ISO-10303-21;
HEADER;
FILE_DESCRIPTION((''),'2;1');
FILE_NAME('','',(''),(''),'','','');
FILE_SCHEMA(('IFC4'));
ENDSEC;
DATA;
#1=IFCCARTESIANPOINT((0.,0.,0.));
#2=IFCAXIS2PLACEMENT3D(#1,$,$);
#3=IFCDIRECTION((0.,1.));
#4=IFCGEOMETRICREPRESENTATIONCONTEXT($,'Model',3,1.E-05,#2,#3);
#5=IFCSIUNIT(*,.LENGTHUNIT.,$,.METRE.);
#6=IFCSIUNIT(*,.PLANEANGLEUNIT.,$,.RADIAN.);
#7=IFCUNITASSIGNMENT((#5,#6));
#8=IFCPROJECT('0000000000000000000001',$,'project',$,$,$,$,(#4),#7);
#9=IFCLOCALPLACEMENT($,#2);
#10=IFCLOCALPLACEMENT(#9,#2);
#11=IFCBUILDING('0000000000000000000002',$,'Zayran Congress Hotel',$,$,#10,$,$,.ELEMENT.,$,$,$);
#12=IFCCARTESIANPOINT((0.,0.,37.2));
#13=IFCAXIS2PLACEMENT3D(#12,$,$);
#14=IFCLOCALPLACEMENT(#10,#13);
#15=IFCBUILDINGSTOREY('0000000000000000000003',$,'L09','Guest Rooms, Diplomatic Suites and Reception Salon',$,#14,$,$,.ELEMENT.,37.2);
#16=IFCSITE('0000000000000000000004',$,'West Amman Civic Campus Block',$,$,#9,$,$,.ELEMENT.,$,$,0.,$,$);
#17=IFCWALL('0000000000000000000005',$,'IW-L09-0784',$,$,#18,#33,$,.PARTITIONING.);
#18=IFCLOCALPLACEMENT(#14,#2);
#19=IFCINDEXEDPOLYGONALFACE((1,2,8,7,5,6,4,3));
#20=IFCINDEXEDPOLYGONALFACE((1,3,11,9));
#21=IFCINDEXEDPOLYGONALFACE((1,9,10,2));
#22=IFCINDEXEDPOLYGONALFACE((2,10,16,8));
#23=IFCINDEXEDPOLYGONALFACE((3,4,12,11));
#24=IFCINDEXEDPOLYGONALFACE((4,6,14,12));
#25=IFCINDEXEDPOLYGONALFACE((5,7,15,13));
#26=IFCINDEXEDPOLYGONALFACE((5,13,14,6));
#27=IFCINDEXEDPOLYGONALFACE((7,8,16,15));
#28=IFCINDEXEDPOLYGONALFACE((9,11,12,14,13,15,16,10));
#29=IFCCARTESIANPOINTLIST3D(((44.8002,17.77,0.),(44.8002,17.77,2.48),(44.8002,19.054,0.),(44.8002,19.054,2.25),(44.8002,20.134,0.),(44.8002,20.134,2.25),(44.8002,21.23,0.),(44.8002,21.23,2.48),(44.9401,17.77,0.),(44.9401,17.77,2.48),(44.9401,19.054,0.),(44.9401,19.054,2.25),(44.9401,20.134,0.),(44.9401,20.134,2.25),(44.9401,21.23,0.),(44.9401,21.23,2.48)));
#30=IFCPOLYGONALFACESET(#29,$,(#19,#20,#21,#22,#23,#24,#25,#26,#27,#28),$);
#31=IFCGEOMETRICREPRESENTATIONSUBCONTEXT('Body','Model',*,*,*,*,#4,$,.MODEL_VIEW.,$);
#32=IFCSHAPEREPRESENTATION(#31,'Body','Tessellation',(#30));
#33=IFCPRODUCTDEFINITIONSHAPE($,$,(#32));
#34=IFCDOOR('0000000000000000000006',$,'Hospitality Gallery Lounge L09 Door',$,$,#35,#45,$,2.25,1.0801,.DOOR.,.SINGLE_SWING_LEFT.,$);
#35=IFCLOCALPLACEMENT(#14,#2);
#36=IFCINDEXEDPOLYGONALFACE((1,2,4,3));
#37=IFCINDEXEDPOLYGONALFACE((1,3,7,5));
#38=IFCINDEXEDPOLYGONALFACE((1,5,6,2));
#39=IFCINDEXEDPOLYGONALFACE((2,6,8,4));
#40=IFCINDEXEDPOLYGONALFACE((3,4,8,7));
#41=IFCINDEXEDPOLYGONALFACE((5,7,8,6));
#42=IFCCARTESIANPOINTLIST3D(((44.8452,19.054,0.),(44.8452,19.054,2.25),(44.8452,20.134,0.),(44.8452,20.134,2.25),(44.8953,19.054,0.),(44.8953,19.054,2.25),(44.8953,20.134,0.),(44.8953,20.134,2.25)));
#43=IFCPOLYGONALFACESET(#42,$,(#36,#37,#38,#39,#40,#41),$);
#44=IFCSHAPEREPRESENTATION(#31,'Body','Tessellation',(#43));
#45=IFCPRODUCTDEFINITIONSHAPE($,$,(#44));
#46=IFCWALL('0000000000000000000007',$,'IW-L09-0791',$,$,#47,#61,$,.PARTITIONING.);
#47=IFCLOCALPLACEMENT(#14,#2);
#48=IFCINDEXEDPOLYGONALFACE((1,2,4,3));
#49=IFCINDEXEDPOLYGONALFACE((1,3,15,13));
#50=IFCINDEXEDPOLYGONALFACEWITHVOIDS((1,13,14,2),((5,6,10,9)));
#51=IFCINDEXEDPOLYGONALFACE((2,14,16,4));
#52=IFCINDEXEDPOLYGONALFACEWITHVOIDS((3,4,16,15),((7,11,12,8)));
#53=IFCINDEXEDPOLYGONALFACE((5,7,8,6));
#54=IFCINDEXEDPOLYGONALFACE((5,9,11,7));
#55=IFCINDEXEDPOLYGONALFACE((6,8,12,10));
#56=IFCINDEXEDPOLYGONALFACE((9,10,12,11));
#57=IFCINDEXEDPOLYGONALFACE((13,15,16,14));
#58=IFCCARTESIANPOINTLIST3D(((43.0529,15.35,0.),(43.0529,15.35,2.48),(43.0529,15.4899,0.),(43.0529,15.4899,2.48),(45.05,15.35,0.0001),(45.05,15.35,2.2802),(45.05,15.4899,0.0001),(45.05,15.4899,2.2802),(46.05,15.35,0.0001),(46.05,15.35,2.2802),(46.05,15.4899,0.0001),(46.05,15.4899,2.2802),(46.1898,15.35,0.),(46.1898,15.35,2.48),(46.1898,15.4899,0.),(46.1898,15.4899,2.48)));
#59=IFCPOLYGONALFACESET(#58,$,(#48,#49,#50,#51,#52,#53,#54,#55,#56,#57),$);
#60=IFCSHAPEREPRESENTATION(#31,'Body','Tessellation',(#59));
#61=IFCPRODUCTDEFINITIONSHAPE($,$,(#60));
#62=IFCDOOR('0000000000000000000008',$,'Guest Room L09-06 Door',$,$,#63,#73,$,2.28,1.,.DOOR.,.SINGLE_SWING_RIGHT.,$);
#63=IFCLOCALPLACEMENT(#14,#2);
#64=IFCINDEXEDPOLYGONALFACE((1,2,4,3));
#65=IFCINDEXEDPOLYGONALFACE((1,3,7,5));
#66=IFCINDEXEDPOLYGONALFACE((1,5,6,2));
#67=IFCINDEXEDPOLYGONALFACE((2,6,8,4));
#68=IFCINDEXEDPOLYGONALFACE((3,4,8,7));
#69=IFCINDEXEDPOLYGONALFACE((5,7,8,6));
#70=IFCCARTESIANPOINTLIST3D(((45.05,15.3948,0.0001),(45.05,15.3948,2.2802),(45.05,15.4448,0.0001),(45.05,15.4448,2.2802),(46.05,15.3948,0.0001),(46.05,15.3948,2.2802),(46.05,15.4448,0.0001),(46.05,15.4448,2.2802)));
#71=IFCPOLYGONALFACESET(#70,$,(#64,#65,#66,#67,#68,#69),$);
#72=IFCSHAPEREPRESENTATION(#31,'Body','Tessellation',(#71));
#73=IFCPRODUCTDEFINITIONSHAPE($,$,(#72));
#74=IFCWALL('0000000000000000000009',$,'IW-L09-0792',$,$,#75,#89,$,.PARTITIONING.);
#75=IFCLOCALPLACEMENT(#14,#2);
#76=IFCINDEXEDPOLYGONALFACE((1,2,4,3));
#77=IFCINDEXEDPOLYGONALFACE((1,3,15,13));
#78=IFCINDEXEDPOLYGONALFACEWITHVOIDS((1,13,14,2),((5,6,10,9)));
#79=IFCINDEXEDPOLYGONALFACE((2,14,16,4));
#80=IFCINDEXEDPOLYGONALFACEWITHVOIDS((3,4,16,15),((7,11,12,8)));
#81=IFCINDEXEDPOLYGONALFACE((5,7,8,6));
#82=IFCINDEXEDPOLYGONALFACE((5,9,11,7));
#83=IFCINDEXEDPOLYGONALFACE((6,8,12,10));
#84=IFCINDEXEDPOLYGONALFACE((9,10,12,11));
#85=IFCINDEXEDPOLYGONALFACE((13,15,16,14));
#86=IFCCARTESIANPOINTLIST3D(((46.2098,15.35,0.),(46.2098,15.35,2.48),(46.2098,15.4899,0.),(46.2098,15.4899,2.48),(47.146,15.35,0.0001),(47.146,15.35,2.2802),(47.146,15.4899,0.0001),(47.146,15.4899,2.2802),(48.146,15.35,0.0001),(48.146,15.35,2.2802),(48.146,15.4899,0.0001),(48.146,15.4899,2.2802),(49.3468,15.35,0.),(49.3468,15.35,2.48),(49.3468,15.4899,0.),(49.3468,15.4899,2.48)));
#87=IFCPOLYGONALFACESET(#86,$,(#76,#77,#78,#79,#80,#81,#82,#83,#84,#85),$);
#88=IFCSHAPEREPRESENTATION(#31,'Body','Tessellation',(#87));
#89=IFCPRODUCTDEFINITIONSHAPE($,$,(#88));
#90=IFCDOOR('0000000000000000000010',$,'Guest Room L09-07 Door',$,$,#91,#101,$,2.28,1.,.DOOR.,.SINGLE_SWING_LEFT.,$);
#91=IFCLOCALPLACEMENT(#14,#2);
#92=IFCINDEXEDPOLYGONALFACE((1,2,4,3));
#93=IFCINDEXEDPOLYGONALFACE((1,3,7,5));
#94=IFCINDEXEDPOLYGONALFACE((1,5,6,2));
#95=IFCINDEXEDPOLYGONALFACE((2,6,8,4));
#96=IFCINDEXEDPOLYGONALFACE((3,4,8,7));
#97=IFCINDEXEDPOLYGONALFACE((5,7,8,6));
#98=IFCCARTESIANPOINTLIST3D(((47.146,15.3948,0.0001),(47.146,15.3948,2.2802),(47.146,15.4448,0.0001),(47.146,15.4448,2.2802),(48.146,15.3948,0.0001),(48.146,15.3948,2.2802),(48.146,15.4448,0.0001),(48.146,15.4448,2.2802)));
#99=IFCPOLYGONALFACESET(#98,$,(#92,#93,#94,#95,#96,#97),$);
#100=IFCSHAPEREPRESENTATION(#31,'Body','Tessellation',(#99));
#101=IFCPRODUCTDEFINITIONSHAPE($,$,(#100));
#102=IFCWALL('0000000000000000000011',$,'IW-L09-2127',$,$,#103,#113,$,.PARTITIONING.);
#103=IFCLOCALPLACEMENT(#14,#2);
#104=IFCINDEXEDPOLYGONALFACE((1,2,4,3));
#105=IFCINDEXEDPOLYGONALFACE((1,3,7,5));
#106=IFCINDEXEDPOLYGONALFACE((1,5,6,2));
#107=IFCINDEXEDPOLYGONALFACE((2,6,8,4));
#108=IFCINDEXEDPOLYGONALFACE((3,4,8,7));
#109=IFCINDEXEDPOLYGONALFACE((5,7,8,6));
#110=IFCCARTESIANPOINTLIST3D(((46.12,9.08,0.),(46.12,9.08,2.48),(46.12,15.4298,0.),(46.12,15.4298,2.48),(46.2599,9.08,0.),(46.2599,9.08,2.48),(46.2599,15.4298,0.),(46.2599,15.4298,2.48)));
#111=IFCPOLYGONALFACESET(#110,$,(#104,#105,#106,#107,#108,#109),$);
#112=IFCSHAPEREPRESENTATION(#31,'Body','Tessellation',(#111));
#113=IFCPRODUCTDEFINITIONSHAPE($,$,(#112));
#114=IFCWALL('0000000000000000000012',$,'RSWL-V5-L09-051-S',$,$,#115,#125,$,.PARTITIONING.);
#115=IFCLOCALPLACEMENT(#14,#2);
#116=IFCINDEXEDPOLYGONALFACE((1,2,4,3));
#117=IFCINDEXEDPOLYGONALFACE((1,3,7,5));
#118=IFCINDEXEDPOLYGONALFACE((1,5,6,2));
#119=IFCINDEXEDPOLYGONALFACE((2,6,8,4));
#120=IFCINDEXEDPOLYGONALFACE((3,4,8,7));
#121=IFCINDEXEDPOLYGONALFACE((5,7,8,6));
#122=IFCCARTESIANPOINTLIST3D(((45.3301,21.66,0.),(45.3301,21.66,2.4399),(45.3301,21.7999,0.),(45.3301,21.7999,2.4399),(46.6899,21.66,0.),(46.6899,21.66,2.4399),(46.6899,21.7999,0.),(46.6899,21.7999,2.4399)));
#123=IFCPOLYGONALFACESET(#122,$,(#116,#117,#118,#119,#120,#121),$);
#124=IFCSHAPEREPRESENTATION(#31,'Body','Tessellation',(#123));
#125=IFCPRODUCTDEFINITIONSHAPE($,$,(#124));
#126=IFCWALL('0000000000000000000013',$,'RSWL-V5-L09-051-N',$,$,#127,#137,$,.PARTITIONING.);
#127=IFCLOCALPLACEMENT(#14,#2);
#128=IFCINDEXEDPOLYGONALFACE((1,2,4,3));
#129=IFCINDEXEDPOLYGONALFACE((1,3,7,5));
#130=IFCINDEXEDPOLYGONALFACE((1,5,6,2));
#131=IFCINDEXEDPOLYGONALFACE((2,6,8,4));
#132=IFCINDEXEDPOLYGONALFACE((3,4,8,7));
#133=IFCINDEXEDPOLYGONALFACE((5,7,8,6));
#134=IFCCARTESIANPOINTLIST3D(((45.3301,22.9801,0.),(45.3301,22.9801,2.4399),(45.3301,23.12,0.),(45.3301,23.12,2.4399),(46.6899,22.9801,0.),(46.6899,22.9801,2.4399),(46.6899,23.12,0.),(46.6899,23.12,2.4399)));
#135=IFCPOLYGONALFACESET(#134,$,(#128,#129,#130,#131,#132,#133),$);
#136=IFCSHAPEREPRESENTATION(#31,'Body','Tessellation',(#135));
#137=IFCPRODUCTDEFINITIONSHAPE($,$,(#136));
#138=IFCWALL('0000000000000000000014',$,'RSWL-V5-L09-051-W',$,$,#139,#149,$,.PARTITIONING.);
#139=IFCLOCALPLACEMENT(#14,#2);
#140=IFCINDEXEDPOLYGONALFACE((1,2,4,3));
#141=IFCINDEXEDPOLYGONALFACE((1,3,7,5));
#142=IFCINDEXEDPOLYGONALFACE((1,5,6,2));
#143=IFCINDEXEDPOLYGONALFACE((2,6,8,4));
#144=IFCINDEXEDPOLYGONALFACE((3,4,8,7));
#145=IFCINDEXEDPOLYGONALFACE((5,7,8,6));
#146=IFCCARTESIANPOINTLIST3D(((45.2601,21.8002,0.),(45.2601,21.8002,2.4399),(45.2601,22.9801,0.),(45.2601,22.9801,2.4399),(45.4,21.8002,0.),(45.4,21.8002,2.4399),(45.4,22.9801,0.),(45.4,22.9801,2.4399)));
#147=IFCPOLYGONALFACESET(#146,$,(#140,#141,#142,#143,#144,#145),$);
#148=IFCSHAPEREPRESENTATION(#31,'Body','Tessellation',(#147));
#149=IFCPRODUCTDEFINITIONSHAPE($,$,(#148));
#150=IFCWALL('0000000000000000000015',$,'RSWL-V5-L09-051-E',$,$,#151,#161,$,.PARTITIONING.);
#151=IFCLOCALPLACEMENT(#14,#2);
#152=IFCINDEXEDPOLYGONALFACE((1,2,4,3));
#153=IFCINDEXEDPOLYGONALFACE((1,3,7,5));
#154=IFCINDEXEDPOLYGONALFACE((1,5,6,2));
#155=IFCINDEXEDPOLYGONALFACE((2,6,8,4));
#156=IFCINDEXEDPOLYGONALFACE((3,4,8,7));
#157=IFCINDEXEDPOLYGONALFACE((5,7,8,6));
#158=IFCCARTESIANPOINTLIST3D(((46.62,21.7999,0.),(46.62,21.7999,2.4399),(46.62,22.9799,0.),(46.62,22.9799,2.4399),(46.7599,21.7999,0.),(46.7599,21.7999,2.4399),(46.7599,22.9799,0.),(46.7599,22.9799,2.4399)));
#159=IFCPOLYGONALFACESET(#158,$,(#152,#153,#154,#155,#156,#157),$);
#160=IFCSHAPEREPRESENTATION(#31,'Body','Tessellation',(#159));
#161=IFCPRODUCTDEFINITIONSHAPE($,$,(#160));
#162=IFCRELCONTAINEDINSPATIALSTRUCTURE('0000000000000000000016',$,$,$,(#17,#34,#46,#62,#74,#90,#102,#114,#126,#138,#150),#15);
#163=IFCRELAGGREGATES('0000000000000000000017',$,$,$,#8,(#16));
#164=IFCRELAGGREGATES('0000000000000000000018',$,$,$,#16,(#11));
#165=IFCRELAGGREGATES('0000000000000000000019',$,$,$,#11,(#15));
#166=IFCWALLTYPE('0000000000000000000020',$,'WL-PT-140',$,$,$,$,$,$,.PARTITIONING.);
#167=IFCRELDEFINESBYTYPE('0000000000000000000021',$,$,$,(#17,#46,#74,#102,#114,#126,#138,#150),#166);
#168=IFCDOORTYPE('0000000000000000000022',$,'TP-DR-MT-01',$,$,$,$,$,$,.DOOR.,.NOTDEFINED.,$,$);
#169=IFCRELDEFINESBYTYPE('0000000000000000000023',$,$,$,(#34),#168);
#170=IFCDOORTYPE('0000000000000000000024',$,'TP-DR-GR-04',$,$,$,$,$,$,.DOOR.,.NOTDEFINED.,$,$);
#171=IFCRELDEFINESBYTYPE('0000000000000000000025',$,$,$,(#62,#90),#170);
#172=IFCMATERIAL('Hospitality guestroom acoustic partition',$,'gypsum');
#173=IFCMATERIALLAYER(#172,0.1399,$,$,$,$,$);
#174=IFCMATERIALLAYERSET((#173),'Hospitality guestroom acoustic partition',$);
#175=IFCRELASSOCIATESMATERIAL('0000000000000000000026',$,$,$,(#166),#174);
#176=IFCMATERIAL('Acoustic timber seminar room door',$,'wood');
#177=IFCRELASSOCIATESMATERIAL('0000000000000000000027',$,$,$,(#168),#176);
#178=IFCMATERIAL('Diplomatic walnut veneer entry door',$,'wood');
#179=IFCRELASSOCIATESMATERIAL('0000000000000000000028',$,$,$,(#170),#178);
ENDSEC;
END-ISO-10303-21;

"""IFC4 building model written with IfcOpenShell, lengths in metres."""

from ifc_helpers import new_model, si_unit, direction, frame, frame_2d, origin, place, context, subcontext, project, spatial, rectangle, extrude, material, layer, layer_set, type_object, element, fill, save


model = new_model("IFC4")

# Units and contexts
model_context = context("Model", 3, precision=1e-05, world=origin(), true_north=direction((0.0, 1.0)))
body_context = subcontext(model_context, "Body", "Model", "MODEL_VIEW")
ifc_project = project(units=[si_unit("LENGTHUNIT", "METRE"), si_unit("PLANEANGLEUNIT", "RADIAN")], contexts=[model_context])

# Site, building, storey
site_placement = place(None, origin())
site = spatial("IfcSite", under=ifc_project, at=site_placement, Name="West Amman Civic Campus Block", CompositionType="ELEMENT", RefElevation=0.0)
building_placement = place(site_placement, origin())
building = spatial("IfcBuilding", under=site, at=building_placement, Name="Zayran Congress Hotel", CompositionType="ELEMENT")
storey_placement = place(building_placement, frame((0.0, 0.0, 37.2)))
storey = spatial("IfcBuildingStorey", under=building, at=storey_placement, Name="L09", Description="Guest Rooms, Diplomatic Suites and Reception Salon", CompositionType="ELEMENT", Elevation=37.2)

# Shared definitions
ifc_material_1 = material(Name="Hospitality guestroom acoustic partition", Category="gypsum")
ifc_layer_1 = layer(ifc_material_1, 0.1399)
ifc_layer_set_1 = layer_set([ifc_layer_1], Name="Hospitality guestroom acoustic partition")
wall_type_1 = type_object("IfcWallType", Name="WL-PT-140", PredefinedType="PARTITIONING", material=ifc_layer_set_1)

# Walls, openings, doors
wall_1_placement = place(storey_placement, frame((44.8701, 17.77, 0.0), z_axis=(0.0, 0.0, 1.0), x_axis=(0.0, 1.0, 0.0)))
wall_1 = element("IfcWall", 1, at=wall_1_placement, inside=storey, type_object=wall_type_1, Name="IW-L09-0784", PredefinedType="PARTITIONING", context=body_context, shape_type="SweptSolid", body=[
    extrude(rectangle(XDim=3.46, YDim=0.1399, at=frame_2d((1.73, 0.0))), origin(), (0.0, 0.0, 1.0), 2.48),
])
opening_1_placement = place(wall_1_placement, frame((1.2839, 0.0, 0.0)))
opening_1 = element("IfcOpeningElement", 2, at=opening_1_placement, cuts=wall_1, PredefinedType="OPENING", context=body_context, shape_type="SweptSolid", body=[
    extrude(rectangle(XDim=1.0801, YDim=2.25, at=frame_2d((0.54, 1.125))), frame((0.0, 0.0798, 0.0), z_axis=(0.0, -1.0, 0.0), x_axis=(1.0, 0.0, 0.0)), (0.0, 0.0, 1.0), 0.1599),
])
ifc_material_2 = material(Name="Acoustic timber seminar room door", Category="wood")
door_type_1 = type_object("IfcDoorType", Name="TP-DR-MT-01", OperationType="NOTDEFINED", PredefinedType="DOOR", material=ifc_material_2)
door_1_placement = place(opening_1_placement, origin())
door_1 = element("IfcDoor", 3, at=door_1_placement, inside=storey, type_object=door_type_1, Name="Hospitality Gallery Lounge L09 Door", OperationType="SINGLE_SWING_LEFT", OverallHeight=2.25, OverallWidth=1.0801, PredefinedType="DOOR", context=body_context, shape_type="SweptSolid", body=[
    extrude(rectangle(XDim=1.0801, YDim=2.25, at=frame_2d((0.54, 1.125))), frame((0.0, 0.0249, 0.0), z_axis=(0.0, -1.0, 0.0), x_axis=(1.0, 0.0, 0.0)), (0.0, 0.0, 1.0), 0.05),
])
fill(opening_1, door_1)
wall_2_placement = place(storey_placement, frame((43.053, 15.4199, 0.0), z_axis=(0.0, 0.0, 1.0), x_axis=(1.0, 0.0, 0.0)))
wall_2 = element("IfcWall", 4, at=wall_2_placement, inside=storey, type_object=wall_type_1, Name="IW-L09-0791", PredefinedType="PARTITIONING", context=body_context, shape_type="SweptSolid", body=[
    extrude(rectangle(XDim=3.137, YDim=0.1399, at=frame_2d((1.5684, 0.0))), origin(), (0.0, 0.0, 1.0), 2.48),
])
opening_2_placement = place(wall_2_placement, frame((1.9971, 0.0, 0.0)))
opening_2 = element("IfcOpeningElement", 5, at=opening_2_placement, cuts=wall_2, PredefinedType="OPENING", context=body_context, shape_type="SweptSolid", body=[
    extrude(rectangle(XDim=1.0, YDim=2.28, at=frame_2d((0.5, 1.1401))), frame((0.0, 0.0798, 0.0), z_axis=(0.0, -1.0, 0.0), x_axis=(1.0, 0.0, 0.0)), (0.0, 0.0, 1.0), 0.1599),
])
ifc_material_3 = material(Name="Diplomatic walnut veneer entry door", Category="wood")
door_type_2 = type_object("IfcDoorType", Name="TP-DR-GR-04", OperationType="NOTDEFINED", PredefinedType="DOOR", material=ifc_material_3)
door_2_placement = place(opening_2_placement, origin())
door_2 = element("IfcDoor", 6, at=door_2_placement, inside=storey, type_object=door_type_2, Name="Guest Room L09-06 Door", OperationType="SINGLE_SWING_RIGHT", OverallHeight=2.28, OverallWidth=1.0, PredefinedType="DOOR", context=body_context, shape_type="SweptSolid", body=[
    extrude(rectangle(XDim=1.0, YDim=2.28, at=frame_2d((0.5, 1.1401))), frame((0.0, 0.0249, 0.0), z_axis=(0.0, -1.0, 0.0), x_axis=(1.0, 0.0, 0.0)), (0.0, 0.0, 1.0), 0.05),
])
fill(opening_2, door_2)
wall_3_placement = place(storey_placement, frame((46.21, 15.4199, 0.0), z_axis=(0.0, 0.0, 1.0), x_axis=(1.0, 0.0, 0.0)))
wall_3 = element("IfcWall", 7, at=wall_3_placement, inside=storey, type_object=wall_type_1, Name="IW-L09-0792", PredefinedType="PARTITIONING", context=body_context, shape_type="SweptSolid", body=[
    extrude(rectangle(XDim=3.137, YDim=0.1399, at=frame_2d((1.5684, 0.0))), origin(), (0.0, 0.0, 1.0), 2.48),
])
opening_3_placement = place(wall_3_placement, frame((0.936, 0.0, 0.0)))
opening_3 = element("IfcOpeningElement", 8, at=opening_3_placement, cuts=wall_3, PredefinedType="OPENING", context=body_context, shape_type="SweptSolid", body=[
    extrude(rectangle(XDim=1.0, YDim=2.28, at=frame_2d((0.5, 1.1401))), frame((0.0, 0.0798, 0.0), z_axis=(0.0, -1.0, 0.0), x_axis=(1.0, 0.0, 0.0)), (0.0, 0.0, 1.0), 0.1599),
])
door_3_placement = place(opening_3_placement, origin())
door_3 = element("IfcDoor", 9, at=door_3_placement, inside=storey, type_object=door_type_2, Name="Guest Room L09-07 Door", OperationType="SINGLE_SWING_LEFT", OverallHeight=2.28, OverallWidth=1.0, PredefinedType="DOOR", context=body_context, shape_type="SweptSolid", body=[
    extrude(rectangle(XDim=1.0, YDim=2.28, at=frame_2d((0.5, 1.1401))), frame((0.0, 0.0249, 0.0), z_axis=(0.0, -1.0, 0.0), x_axis=(1.0, 0.0, 0.0)), (0.0, 0.0, 1.0), 0.05),
])
fill(opening_3, door_3)

# Walls
wall_4_placement = place(storey_placement, frame((46.1899, 9.0801, 0.0), z_axis=(0.0, 0.0, 1.0), x_axis=(0.0, 1.0, 0.0)))
element("IfcWall", 10, at=wall_4_placement, inside=storey, type_object=wall_type_1, Name="IW-L09-2127", PredefinedType="PARTITIONING", context=body_context, shape_type="SweptSolid", body=[
    extrude(rectangle(XDim=6.3499, YDim=0.1399, at=frame_2d((3.1748, 0.0))), origin(), (0.0, 0.0, 1.0), 2.48),
])
for number, where, z_axis, x_axis, name in (
    (11, (45.3301, 21.73, 0.0), (0.0, 0.0, 1.0), (1.0, 0.0, 0.0), "RSWL-V5-L09-051-S"),
    (12, (46.6899, 23.05, 0.0), (0.0, 0.0, 1.0), (-1.0, 0.0, 0.0), "RSWL-V5-L09-051-N"),
):
    element("IfcWall", number, at=place(storey_placement, frame(where, z_axis=z_axis, x_axis=x_axis)), inside=storey, type_object=wall_type_1, Name=name, PredefinedType="PARTITIONING", context=body_context, shape_type="SweptSolid", body=[
        extrude(rectangle(XDim=1.3599, YDim=0.1399, at=frame_2d((0.6799, 0.0))), origin(), (0.0, 0.0, 1.0), 2.4399),
    ])
for number, where, z_axis, x_axis, name in (
    (13, (45.3301, 22.98, 0.0), (0.0, 0.0, 1.0), (0.0, -1.0, 0.0), "RSWL-V5-L09-051-W"),
    (14, (46.6899, 21.8, 0.0), (0.0, 0.0, 1.0), (0.0, 1.0, 0.0), "RSWL-V5-L09-051-E"),
):
    element("IfcWall", number, at=place(storey_placement, frame(where, z_axis=z_axis, x_axis=x_axis)), inside=storey, type_object=wall_type_1, Name=name, PredefinedType="PARTITIONING", context=body_context, shape_type="SweptSolid", body=[
        extrude(rectangle(XDim=1.1799, YDim=0.1399, at=frame_2d((0.5898, 0.0))), origin(), (0.0, 0.0, 1.0), 2.4399),
    ])

save(model, "model.ifc")
